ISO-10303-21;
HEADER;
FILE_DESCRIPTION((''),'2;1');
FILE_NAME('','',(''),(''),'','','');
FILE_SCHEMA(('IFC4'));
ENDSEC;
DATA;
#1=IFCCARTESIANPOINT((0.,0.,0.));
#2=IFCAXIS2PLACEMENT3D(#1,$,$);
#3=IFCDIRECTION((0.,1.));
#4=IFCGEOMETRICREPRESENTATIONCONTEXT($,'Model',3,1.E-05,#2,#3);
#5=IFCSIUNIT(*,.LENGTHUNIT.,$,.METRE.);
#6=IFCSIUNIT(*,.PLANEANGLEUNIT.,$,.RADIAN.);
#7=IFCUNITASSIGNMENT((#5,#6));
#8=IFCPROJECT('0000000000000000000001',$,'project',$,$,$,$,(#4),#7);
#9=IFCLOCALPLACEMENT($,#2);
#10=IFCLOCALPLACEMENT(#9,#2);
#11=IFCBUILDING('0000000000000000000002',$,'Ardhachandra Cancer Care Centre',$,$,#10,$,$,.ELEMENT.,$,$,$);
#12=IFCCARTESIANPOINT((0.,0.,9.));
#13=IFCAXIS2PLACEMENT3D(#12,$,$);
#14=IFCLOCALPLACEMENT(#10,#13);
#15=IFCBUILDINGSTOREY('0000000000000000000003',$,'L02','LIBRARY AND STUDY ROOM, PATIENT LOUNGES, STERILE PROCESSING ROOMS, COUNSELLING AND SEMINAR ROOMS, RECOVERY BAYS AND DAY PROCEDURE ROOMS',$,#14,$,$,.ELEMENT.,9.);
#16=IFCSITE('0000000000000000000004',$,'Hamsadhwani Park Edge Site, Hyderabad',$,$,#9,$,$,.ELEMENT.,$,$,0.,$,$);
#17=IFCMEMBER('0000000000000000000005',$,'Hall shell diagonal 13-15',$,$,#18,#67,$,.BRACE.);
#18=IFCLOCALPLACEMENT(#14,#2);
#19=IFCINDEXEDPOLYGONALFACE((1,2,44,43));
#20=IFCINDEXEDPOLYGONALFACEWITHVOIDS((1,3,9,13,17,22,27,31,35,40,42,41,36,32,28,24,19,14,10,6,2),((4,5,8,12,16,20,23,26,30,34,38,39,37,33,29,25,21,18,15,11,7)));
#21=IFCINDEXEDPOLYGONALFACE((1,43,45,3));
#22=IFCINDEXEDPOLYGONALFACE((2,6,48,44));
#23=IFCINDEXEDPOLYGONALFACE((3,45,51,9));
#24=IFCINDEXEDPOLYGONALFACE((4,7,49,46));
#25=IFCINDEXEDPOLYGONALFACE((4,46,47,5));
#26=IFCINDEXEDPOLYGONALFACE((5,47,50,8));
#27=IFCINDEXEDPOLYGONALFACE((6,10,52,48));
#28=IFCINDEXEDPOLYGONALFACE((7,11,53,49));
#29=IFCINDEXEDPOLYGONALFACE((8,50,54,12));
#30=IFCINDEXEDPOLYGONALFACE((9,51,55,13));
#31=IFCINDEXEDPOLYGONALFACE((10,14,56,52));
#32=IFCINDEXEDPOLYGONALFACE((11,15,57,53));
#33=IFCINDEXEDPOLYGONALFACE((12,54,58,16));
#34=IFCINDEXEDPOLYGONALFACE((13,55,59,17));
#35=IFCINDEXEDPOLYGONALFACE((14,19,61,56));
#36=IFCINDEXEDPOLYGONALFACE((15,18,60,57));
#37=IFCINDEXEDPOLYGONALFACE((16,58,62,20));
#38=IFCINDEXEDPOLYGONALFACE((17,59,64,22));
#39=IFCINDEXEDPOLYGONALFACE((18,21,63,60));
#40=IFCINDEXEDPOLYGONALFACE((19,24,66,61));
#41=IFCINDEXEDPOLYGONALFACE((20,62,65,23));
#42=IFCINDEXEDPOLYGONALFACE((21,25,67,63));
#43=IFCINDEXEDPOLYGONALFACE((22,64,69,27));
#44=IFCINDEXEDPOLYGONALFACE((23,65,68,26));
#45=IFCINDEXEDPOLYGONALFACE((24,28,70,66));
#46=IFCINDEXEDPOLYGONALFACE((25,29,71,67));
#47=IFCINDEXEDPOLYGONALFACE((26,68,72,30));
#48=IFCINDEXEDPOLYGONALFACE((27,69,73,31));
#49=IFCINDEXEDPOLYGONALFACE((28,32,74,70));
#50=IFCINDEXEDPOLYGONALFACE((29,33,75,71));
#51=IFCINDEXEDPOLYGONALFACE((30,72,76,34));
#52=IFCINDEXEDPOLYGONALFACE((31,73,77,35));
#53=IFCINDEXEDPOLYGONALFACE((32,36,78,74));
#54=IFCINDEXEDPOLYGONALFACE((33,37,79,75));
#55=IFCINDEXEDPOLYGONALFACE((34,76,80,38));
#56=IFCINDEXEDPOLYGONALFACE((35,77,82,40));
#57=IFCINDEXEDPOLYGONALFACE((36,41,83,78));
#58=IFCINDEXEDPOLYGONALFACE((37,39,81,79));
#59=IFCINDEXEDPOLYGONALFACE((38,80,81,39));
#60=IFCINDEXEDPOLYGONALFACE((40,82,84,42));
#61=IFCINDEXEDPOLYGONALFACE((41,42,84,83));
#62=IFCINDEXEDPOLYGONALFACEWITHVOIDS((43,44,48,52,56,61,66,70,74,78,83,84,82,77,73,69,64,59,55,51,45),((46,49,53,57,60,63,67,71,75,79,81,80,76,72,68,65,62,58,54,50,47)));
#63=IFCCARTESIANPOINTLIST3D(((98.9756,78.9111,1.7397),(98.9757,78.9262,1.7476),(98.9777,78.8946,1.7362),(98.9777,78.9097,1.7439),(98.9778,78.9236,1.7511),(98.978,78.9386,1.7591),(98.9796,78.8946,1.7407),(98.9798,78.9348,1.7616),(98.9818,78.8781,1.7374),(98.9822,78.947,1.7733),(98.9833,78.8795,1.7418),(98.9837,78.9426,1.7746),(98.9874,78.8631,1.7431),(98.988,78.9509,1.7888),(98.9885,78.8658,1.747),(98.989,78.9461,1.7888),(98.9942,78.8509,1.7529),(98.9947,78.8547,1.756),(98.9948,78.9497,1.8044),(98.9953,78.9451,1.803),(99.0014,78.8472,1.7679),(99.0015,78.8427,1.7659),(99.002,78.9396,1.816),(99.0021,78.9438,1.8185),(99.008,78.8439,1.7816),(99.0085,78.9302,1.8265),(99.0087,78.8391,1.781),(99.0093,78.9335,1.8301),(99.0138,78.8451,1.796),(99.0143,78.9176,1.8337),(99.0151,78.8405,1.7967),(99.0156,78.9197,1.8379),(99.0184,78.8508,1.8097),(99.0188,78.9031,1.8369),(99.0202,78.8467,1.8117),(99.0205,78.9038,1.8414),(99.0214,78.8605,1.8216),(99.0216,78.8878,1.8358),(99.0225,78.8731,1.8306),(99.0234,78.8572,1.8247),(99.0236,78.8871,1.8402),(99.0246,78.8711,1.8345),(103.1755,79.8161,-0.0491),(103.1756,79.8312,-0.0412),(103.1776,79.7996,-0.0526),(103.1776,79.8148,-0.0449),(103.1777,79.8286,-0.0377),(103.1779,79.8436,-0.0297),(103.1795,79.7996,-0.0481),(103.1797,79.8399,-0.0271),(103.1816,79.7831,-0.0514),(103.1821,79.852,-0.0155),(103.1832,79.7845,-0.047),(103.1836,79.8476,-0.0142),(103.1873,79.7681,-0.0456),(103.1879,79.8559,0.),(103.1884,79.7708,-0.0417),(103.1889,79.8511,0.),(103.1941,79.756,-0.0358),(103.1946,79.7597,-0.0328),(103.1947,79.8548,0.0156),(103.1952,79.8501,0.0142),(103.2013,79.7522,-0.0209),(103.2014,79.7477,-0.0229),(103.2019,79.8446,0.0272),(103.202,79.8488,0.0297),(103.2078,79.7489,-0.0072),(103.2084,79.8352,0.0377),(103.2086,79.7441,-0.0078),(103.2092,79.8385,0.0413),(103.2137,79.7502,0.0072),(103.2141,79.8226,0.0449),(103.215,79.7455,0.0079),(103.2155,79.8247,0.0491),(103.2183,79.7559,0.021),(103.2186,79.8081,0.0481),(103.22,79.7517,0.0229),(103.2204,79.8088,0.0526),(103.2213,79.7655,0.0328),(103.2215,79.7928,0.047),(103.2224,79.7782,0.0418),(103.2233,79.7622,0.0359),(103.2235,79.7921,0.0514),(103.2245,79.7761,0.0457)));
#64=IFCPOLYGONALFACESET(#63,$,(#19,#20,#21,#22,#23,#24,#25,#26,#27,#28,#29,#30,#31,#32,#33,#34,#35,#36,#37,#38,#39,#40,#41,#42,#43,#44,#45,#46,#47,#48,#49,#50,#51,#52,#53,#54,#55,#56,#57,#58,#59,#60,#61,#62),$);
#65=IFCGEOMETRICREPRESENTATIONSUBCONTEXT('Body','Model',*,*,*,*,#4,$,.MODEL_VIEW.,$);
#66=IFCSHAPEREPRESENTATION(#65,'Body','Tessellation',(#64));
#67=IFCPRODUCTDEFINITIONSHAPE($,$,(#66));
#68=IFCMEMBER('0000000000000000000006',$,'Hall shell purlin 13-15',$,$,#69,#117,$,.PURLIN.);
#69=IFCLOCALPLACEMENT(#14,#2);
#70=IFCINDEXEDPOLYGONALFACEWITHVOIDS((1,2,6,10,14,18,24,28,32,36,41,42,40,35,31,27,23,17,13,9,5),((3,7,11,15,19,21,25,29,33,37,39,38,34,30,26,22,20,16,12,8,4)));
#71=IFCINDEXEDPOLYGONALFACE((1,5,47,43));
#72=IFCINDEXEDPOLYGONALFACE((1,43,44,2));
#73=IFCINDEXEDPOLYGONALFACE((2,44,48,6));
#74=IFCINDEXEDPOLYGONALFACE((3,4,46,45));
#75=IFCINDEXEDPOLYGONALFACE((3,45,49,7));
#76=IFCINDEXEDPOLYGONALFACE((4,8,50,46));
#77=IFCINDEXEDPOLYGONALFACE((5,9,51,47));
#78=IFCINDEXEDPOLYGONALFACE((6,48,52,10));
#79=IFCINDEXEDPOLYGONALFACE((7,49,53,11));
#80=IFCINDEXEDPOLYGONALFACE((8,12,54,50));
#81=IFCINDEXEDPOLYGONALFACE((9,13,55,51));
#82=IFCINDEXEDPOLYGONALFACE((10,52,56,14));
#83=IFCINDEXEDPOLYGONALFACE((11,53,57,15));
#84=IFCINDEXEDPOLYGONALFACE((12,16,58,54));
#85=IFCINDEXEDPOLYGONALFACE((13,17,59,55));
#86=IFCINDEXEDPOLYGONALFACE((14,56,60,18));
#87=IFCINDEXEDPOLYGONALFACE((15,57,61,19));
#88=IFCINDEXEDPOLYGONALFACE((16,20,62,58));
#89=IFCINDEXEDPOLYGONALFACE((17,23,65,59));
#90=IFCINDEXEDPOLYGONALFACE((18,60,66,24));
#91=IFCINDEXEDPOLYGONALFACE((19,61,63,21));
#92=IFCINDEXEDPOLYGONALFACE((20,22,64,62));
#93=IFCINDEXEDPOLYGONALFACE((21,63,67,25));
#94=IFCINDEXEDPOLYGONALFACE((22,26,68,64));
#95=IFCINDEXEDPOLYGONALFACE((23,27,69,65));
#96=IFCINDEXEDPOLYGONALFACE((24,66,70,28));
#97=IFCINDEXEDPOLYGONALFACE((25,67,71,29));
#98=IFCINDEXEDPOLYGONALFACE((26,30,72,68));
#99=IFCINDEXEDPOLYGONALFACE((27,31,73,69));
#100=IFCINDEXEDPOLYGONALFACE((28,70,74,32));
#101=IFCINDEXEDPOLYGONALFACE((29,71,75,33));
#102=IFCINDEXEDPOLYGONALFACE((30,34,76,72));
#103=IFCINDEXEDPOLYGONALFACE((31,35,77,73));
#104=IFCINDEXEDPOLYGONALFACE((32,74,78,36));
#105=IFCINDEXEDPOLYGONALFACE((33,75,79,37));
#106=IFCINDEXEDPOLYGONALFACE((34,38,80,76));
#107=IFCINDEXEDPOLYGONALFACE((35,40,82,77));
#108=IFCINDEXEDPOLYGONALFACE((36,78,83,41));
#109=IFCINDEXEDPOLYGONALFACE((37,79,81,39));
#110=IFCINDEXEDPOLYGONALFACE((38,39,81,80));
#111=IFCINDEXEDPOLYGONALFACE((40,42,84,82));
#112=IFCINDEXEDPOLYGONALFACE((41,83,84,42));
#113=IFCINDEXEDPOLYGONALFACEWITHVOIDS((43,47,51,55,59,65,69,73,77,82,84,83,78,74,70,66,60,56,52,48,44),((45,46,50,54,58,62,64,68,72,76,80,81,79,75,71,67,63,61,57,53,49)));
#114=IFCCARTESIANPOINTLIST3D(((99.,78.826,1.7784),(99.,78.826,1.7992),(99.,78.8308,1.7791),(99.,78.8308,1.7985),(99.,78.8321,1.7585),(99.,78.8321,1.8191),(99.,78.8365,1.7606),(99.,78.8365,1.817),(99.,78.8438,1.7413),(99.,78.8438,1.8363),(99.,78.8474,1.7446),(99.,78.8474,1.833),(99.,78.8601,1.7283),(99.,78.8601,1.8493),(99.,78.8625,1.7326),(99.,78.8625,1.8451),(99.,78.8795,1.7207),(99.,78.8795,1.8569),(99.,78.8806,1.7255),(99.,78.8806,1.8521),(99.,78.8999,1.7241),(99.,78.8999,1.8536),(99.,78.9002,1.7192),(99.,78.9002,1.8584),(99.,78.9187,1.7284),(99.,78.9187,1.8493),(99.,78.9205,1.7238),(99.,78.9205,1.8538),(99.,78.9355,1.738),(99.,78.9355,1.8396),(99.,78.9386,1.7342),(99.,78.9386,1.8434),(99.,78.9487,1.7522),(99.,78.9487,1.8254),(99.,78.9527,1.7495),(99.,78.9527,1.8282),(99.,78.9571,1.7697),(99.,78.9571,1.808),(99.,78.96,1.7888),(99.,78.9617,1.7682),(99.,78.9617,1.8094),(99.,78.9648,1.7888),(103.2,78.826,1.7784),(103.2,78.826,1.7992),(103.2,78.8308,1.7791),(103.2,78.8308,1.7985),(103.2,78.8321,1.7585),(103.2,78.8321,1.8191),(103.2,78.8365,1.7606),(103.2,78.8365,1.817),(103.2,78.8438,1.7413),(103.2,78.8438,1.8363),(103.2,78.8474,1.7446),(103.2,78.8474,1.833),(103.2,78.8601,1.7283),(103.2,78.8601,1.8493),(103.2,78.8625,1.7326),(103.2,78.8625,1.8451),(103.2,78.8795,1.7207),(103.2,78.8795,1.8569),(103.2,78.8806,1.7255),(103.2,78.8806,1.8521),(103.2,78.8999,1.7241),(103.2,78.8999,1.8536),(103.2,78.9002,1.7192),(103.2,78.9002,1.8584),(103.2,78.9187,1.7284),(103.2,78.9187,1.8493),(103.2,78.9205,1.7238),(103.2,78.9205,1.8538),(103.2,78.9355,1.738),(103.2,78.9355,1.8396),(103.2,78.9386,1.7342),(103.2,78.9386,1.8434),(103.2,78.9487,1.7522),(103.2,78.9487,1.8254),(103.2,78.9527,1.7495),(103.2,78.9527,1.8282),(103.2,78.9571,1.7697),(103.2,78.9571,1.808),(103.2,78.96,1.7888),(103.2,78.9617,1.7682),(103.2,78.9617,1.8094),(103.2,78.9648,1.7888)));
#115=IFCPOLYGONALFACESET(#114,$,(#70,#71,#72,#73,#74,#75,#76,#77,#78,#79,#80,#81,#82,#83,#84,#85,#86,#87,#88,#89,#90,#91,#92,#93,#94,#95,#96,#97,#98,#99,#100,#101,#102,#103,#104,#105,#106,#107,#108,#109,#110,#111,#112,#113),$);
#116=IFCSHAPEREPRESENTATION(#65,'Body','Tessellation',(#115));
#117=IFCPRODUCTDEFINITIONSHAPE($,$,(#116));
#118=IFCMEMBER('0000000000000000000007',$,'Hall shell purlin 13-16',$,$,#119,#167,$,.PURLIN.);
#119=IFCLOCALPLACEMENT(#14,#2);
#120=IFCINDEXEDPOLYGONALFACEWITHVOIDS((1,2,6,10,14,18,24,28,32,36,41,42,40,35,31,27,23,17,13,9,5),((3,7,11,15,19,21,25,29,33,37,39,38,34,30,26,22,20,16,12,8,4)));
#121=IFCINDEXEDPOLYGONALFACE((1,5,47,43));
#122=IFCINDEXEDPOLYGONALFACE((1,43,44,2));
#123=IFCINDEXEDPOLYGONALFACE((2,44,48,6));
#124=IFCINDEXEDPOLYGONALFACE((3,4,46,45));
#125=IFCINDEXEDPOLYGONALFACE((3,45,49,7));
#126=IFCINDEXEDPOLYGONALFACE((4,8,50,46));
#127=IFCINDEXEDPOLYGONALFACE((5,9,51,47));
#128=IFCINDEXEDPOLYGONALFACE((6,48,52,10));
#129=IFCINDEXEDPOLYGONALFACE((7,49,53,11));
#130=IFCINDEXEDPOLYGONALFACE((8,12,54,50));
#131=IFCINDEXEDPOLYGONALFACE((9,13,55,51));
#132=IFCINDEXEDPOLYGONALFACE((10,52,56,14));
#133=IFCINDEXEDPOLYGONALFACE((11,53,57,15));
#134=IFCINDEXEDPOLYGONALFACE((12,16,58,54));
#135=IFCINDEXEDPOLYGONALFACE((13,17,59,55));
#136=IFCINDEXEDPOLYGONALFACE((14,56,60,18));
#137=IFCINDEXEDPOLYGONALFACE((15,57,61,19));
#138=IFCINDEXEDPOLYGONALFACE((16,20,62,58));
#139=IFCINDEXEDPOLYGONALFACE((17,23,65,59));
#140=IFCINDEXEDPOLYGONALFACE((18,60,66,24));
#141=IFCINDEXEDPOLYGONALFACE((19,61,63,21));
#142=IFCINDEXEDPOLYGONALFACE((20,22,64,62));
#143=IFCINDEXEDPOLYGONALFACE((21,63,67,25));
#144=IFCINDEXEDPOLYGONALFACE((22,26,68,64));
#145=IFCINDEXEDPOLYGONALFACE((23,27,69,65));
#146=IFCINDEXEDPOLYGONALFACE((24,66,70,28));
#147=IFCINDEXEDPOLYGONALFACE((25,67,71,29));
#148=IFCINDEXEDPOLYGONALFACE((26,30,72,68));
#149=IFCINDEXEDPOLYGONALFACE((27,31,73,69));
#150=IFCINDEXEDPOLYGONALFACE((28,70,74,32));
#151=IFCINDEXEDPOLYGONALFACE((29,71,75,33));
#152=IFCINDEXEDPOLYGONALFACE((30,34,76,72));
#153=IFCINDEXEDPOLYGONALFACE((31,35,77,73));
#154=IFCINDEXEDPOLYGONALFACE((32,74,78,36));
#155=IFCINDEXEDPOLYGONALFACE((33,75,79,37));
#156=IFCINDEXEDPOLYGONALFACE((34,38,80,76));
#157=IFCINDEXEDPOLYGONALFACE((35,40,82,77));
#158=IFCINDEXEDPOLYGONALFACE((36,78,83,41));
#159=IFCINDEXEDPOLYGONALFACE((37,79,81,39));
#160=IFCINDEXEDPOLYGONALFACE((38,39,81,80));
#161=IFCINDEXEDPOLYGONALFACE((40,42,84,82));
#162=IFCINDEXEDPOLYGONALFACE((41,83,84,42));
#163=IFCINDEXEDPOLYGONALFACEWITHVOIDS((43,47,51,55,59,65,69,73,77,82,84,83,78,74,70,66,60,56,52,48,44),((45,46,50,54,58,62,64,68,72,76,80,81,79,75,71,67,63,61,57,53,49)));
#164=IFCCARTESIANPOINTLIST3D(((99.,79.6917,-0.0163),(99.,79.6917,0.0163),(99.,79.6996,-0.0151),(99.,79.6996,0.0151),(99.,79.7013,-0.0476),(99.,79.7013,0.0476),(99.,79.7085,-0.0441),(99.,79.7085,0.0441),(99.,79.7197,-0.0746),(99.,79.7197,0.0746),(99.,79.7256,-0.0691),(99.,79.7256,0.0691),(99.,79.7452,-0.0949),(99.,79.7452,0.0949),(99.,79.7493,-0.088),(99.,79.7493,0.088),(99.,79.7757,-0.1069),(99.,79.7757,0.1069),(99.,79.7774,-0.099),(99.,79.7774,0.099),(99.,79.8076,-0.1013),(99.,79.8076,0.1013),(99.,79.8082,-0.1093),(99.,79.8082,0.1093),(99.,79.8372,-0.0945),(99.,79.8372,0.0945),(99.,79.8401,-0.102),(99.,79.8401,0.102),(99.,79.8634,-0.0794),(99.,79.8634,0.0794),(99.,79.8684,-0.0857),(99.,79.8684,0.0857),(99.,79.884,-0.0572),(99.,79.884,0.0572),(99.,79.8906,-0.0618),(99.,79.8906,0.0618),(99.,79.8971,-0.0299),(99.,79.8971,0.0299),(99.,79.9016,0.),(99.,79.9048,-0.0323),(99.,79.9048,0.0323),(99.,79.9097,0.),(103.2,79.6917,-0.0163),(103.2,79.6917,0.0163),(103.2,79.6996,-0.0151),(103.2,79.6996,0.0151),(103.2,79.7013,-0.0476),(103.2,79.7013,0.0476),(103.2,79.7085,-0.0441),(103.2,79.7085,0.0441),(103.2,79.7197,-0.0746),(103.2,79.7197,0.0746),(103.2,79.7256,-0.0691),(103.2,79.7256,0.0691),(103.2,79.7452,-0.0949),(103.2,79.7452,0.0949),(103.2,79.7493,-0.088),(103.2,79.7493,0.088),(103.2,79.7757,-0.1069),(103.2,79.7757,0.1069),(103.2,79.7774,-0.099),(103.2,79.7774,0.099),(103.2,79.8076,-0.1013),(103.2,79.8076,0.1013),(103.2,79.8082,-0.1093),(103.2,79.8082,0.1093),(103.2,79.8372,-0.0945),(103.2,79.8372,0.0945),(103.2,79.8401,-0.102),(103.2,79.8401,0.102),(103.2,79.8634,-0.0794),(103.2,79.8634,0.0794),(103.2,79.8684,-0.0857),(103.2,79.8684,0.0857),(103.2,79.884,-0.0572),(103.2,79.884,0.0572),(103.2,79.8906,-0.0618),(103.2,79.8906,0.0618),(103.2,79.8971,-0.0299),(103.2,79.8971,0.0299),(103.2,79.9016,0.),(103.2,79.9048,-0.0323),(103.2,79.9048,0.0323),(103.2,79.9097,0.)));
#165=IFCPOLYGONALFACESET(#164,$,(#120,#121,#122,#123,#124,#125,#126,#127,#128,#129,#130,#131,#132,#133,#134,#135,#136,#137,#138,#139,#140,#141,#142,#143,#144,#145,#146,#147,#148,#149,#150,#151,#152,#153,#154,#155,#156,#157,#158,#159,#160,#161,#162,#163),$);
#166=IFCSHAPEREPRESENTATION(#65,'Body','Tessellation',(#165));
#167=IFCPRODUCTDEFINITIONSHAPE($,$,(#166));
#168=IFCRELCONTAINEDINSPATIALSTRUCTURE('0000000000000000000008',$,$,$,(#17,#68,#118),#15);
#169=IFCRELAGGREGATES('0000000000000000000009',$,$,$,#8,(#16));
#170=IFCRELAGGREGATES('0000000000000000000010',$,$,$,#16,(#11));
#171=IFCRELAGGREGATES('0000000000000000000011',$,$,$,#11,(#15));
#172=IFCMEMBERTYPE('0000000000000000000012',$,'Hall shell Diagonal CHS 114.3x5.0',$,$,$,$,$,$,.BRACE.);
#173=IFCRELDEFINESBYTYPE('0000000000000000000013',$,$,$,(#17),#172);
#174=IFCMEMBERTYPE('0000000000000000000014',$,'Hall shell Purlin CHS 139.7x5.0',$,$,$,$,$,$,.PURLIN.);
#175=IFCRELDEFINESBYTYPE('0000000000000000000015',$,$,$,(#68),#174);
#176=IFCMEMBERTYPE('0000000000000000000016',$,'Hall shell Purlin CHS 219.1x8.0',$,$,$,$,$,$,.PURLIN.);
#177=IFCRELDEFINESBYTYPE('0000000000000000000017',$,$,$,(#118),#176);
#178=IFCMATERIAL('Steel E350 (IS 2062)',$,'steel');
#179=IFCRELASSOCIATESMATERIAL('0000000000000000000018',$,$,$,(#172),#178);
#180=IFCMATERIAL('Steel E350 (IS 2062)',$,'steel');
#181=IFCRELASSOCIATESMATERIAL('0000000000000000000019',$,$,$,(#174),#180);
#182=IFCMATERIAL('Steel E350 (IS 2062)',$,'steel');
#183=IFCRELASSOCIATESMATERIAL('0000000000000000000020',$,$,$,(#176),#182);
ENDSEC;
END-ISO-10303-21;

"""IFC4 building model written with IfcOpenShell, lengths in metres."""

from ifc_helpers import new_model, si_unit, direction, frame, origin, origin_2d, place, context, subcontext, project, spatial, hollow_circle, extrude, material, material_profile, profile_set, type_object, element, save


model = new_model("IFC4")

# Units and contexts
model_context = context("Model", 3, precision=1e-05, world=origin(), true_north=direction((0.0, 1.0)))
body_context = subcontext(model_context, "Body", "Model", "MODEL_VIEW")
ifc_project = project(units=[si_unit("LENGTHUNIT", "METRE"), si_unit("PLANEANGLEUNIT", "RADIAN")], contexts=[model_context])

# Site, building, storey
site_placement = place(None, origin())
site = spatial("IfcSite", under=ifc_project, at=site_placement, Name="Hamsadhwani Park Edge Site, Hyderabad", CompositionType="ELEMENT", RefElevation=0.0)
building_placement = place(site_placement, origin())
building = spatial("IfcBuilding", under=site, at=building_placement, Name="Ardhachandra Cancer Care Centre", CompositionType="ELEMENT")
storey_placement = place(building_placement, frame((0.0, 0.0, 9.0)))
storey = spatial("IfcBuildingStorey", under=building, at=storey_placement, Name="L02", Description="LIBRARY AND STUDY ROOM, PATIENT LOUNGES, STERILE PROCESSING ROOMS, COUNSELLING AND SEMINAR ROOMS, RECOVERY BAYS AND DAY PROCEDURE ROOMS", CompositionType="ELEMENT", Elevation=9.0)

# Members
ifc_material_1 = material(Name="Steel E350 (IS 2062)", Category="steel")
ifc_material_profile_1 = material_profile(ifc_material_1, hollow_circle(Radius=0.0571, WallThickness=0.0049, at=origin_2d()), Name="CHS 114.3x5.0")
ifc_profile_set_1 = profile_set([ifc_material_profile_1], Name="Steel E350 (IS 2062)")
member_type_1 = type_object("IfcMemberType", Name="Hall shell Diagonal CHS 114.3x5.0", PredefinedType="BRACE", material=ifc_profile_set_1)
for number, where, z_axis, x_axis, name in (
    (1, (99.0, 78.895, 1.7888), (0.902464, 0.194468, -0.384372), (-0.21065, 0.977561, 0.0), "Hall shell diagonal 13-15"),
):
    element("IfcMember", number, at=place(storey_placement, frame(where, z_axis=z_axis, x_axis=x_axis)), inside=storey, type_object=member_type_1, Name=name, PredefinedType="BRACE", context=body_context, shape_type="SweptSolid", body=[
        extrude(hollow_circle(Radius=0.0571, WallThickness=0.0049, at=origin_2d()), origin(), (0.0, 0.0, 1.0), 4.6538),
    ])
ifc_material_2 = material(Name="Steel E350 (IS 2062)", Category="steel")
ifc_material_profile_2 = material_profile(ifc_material_2, hollow_circle(Radius=0.0698, WallThickness=0.0049, at=origin_2d()), Name="CHS 139.7x5.0")
ifc_profile_set_2 = profile_set([ifc_material_profile_2], Name="Steel E350 (IS 2062)")
member_type_2 = type_object("IfcMemberType", Name="Hall shell Purlin CHS 139.7x5.0", PredefinedType="PURLIN", material=ifc_profile_set_2)
member_1_placement = place(storey_placement, frame((99.0, 78.895, 1.7888), z_axis=(1.0, 0.0, 0.0), x_axis=(0.0, 1.0, 0.0)))
element("IfcMember", 2, at=member_1_placement, inside=storey, type_object=member_type_2, Name="Hall shell purlin 13-15", PredefinedType="PURLIN", context=body_context, shape_type="SweptSolid", body=[
    extrude(hollow_circle(Radius=0.0698, WallThickness=0.0049, at=origin_2d()), origin(), (0.0, 0.0, 1.0), 4.2),
])
ifc_material_3 = material(Name="Steel E350 (IS 2062)", Category="steel")
ifc_material_profile_3 = material_profile(ifc_material_3, hollow_circle(Radius=0.1096, WallThickness=0.0081, at=origin_2d()), Name="CHS 219.1x8.0")
ifc_profile_set_3 = profile_set([ifc_material_profile_3], Name="Steel E350 (IS 2062)")
member_type_3 = type_object("IfcMemberType", Name="Hall shell Purlin CHS 219.1x8.0", PredefinedType="PURLIN", material=ifc_profile_set_3)
member_2_placement = place(storey_placement, frame((99.0, 79.8, 0.0), z_axis=(1.0, 0.0, 0.0), x_axis=(0.0, 1.0, 0.0)))
element("IfcMember", 3, at=member_2_placement, inside=storey, type_object=member_type_3, Name="Hall shell purlin 13-16", PredefinedType="PURLIN", context=body_context, shape_type="SweptSolid", body=[
    extrude(hollow_circle(Radius=0.1096, WallThickness=0.0081, at=origin_2d()), origin(), (0.0, 0.0, 1.0), 4.2),
])

save(model, "model.ifc")
